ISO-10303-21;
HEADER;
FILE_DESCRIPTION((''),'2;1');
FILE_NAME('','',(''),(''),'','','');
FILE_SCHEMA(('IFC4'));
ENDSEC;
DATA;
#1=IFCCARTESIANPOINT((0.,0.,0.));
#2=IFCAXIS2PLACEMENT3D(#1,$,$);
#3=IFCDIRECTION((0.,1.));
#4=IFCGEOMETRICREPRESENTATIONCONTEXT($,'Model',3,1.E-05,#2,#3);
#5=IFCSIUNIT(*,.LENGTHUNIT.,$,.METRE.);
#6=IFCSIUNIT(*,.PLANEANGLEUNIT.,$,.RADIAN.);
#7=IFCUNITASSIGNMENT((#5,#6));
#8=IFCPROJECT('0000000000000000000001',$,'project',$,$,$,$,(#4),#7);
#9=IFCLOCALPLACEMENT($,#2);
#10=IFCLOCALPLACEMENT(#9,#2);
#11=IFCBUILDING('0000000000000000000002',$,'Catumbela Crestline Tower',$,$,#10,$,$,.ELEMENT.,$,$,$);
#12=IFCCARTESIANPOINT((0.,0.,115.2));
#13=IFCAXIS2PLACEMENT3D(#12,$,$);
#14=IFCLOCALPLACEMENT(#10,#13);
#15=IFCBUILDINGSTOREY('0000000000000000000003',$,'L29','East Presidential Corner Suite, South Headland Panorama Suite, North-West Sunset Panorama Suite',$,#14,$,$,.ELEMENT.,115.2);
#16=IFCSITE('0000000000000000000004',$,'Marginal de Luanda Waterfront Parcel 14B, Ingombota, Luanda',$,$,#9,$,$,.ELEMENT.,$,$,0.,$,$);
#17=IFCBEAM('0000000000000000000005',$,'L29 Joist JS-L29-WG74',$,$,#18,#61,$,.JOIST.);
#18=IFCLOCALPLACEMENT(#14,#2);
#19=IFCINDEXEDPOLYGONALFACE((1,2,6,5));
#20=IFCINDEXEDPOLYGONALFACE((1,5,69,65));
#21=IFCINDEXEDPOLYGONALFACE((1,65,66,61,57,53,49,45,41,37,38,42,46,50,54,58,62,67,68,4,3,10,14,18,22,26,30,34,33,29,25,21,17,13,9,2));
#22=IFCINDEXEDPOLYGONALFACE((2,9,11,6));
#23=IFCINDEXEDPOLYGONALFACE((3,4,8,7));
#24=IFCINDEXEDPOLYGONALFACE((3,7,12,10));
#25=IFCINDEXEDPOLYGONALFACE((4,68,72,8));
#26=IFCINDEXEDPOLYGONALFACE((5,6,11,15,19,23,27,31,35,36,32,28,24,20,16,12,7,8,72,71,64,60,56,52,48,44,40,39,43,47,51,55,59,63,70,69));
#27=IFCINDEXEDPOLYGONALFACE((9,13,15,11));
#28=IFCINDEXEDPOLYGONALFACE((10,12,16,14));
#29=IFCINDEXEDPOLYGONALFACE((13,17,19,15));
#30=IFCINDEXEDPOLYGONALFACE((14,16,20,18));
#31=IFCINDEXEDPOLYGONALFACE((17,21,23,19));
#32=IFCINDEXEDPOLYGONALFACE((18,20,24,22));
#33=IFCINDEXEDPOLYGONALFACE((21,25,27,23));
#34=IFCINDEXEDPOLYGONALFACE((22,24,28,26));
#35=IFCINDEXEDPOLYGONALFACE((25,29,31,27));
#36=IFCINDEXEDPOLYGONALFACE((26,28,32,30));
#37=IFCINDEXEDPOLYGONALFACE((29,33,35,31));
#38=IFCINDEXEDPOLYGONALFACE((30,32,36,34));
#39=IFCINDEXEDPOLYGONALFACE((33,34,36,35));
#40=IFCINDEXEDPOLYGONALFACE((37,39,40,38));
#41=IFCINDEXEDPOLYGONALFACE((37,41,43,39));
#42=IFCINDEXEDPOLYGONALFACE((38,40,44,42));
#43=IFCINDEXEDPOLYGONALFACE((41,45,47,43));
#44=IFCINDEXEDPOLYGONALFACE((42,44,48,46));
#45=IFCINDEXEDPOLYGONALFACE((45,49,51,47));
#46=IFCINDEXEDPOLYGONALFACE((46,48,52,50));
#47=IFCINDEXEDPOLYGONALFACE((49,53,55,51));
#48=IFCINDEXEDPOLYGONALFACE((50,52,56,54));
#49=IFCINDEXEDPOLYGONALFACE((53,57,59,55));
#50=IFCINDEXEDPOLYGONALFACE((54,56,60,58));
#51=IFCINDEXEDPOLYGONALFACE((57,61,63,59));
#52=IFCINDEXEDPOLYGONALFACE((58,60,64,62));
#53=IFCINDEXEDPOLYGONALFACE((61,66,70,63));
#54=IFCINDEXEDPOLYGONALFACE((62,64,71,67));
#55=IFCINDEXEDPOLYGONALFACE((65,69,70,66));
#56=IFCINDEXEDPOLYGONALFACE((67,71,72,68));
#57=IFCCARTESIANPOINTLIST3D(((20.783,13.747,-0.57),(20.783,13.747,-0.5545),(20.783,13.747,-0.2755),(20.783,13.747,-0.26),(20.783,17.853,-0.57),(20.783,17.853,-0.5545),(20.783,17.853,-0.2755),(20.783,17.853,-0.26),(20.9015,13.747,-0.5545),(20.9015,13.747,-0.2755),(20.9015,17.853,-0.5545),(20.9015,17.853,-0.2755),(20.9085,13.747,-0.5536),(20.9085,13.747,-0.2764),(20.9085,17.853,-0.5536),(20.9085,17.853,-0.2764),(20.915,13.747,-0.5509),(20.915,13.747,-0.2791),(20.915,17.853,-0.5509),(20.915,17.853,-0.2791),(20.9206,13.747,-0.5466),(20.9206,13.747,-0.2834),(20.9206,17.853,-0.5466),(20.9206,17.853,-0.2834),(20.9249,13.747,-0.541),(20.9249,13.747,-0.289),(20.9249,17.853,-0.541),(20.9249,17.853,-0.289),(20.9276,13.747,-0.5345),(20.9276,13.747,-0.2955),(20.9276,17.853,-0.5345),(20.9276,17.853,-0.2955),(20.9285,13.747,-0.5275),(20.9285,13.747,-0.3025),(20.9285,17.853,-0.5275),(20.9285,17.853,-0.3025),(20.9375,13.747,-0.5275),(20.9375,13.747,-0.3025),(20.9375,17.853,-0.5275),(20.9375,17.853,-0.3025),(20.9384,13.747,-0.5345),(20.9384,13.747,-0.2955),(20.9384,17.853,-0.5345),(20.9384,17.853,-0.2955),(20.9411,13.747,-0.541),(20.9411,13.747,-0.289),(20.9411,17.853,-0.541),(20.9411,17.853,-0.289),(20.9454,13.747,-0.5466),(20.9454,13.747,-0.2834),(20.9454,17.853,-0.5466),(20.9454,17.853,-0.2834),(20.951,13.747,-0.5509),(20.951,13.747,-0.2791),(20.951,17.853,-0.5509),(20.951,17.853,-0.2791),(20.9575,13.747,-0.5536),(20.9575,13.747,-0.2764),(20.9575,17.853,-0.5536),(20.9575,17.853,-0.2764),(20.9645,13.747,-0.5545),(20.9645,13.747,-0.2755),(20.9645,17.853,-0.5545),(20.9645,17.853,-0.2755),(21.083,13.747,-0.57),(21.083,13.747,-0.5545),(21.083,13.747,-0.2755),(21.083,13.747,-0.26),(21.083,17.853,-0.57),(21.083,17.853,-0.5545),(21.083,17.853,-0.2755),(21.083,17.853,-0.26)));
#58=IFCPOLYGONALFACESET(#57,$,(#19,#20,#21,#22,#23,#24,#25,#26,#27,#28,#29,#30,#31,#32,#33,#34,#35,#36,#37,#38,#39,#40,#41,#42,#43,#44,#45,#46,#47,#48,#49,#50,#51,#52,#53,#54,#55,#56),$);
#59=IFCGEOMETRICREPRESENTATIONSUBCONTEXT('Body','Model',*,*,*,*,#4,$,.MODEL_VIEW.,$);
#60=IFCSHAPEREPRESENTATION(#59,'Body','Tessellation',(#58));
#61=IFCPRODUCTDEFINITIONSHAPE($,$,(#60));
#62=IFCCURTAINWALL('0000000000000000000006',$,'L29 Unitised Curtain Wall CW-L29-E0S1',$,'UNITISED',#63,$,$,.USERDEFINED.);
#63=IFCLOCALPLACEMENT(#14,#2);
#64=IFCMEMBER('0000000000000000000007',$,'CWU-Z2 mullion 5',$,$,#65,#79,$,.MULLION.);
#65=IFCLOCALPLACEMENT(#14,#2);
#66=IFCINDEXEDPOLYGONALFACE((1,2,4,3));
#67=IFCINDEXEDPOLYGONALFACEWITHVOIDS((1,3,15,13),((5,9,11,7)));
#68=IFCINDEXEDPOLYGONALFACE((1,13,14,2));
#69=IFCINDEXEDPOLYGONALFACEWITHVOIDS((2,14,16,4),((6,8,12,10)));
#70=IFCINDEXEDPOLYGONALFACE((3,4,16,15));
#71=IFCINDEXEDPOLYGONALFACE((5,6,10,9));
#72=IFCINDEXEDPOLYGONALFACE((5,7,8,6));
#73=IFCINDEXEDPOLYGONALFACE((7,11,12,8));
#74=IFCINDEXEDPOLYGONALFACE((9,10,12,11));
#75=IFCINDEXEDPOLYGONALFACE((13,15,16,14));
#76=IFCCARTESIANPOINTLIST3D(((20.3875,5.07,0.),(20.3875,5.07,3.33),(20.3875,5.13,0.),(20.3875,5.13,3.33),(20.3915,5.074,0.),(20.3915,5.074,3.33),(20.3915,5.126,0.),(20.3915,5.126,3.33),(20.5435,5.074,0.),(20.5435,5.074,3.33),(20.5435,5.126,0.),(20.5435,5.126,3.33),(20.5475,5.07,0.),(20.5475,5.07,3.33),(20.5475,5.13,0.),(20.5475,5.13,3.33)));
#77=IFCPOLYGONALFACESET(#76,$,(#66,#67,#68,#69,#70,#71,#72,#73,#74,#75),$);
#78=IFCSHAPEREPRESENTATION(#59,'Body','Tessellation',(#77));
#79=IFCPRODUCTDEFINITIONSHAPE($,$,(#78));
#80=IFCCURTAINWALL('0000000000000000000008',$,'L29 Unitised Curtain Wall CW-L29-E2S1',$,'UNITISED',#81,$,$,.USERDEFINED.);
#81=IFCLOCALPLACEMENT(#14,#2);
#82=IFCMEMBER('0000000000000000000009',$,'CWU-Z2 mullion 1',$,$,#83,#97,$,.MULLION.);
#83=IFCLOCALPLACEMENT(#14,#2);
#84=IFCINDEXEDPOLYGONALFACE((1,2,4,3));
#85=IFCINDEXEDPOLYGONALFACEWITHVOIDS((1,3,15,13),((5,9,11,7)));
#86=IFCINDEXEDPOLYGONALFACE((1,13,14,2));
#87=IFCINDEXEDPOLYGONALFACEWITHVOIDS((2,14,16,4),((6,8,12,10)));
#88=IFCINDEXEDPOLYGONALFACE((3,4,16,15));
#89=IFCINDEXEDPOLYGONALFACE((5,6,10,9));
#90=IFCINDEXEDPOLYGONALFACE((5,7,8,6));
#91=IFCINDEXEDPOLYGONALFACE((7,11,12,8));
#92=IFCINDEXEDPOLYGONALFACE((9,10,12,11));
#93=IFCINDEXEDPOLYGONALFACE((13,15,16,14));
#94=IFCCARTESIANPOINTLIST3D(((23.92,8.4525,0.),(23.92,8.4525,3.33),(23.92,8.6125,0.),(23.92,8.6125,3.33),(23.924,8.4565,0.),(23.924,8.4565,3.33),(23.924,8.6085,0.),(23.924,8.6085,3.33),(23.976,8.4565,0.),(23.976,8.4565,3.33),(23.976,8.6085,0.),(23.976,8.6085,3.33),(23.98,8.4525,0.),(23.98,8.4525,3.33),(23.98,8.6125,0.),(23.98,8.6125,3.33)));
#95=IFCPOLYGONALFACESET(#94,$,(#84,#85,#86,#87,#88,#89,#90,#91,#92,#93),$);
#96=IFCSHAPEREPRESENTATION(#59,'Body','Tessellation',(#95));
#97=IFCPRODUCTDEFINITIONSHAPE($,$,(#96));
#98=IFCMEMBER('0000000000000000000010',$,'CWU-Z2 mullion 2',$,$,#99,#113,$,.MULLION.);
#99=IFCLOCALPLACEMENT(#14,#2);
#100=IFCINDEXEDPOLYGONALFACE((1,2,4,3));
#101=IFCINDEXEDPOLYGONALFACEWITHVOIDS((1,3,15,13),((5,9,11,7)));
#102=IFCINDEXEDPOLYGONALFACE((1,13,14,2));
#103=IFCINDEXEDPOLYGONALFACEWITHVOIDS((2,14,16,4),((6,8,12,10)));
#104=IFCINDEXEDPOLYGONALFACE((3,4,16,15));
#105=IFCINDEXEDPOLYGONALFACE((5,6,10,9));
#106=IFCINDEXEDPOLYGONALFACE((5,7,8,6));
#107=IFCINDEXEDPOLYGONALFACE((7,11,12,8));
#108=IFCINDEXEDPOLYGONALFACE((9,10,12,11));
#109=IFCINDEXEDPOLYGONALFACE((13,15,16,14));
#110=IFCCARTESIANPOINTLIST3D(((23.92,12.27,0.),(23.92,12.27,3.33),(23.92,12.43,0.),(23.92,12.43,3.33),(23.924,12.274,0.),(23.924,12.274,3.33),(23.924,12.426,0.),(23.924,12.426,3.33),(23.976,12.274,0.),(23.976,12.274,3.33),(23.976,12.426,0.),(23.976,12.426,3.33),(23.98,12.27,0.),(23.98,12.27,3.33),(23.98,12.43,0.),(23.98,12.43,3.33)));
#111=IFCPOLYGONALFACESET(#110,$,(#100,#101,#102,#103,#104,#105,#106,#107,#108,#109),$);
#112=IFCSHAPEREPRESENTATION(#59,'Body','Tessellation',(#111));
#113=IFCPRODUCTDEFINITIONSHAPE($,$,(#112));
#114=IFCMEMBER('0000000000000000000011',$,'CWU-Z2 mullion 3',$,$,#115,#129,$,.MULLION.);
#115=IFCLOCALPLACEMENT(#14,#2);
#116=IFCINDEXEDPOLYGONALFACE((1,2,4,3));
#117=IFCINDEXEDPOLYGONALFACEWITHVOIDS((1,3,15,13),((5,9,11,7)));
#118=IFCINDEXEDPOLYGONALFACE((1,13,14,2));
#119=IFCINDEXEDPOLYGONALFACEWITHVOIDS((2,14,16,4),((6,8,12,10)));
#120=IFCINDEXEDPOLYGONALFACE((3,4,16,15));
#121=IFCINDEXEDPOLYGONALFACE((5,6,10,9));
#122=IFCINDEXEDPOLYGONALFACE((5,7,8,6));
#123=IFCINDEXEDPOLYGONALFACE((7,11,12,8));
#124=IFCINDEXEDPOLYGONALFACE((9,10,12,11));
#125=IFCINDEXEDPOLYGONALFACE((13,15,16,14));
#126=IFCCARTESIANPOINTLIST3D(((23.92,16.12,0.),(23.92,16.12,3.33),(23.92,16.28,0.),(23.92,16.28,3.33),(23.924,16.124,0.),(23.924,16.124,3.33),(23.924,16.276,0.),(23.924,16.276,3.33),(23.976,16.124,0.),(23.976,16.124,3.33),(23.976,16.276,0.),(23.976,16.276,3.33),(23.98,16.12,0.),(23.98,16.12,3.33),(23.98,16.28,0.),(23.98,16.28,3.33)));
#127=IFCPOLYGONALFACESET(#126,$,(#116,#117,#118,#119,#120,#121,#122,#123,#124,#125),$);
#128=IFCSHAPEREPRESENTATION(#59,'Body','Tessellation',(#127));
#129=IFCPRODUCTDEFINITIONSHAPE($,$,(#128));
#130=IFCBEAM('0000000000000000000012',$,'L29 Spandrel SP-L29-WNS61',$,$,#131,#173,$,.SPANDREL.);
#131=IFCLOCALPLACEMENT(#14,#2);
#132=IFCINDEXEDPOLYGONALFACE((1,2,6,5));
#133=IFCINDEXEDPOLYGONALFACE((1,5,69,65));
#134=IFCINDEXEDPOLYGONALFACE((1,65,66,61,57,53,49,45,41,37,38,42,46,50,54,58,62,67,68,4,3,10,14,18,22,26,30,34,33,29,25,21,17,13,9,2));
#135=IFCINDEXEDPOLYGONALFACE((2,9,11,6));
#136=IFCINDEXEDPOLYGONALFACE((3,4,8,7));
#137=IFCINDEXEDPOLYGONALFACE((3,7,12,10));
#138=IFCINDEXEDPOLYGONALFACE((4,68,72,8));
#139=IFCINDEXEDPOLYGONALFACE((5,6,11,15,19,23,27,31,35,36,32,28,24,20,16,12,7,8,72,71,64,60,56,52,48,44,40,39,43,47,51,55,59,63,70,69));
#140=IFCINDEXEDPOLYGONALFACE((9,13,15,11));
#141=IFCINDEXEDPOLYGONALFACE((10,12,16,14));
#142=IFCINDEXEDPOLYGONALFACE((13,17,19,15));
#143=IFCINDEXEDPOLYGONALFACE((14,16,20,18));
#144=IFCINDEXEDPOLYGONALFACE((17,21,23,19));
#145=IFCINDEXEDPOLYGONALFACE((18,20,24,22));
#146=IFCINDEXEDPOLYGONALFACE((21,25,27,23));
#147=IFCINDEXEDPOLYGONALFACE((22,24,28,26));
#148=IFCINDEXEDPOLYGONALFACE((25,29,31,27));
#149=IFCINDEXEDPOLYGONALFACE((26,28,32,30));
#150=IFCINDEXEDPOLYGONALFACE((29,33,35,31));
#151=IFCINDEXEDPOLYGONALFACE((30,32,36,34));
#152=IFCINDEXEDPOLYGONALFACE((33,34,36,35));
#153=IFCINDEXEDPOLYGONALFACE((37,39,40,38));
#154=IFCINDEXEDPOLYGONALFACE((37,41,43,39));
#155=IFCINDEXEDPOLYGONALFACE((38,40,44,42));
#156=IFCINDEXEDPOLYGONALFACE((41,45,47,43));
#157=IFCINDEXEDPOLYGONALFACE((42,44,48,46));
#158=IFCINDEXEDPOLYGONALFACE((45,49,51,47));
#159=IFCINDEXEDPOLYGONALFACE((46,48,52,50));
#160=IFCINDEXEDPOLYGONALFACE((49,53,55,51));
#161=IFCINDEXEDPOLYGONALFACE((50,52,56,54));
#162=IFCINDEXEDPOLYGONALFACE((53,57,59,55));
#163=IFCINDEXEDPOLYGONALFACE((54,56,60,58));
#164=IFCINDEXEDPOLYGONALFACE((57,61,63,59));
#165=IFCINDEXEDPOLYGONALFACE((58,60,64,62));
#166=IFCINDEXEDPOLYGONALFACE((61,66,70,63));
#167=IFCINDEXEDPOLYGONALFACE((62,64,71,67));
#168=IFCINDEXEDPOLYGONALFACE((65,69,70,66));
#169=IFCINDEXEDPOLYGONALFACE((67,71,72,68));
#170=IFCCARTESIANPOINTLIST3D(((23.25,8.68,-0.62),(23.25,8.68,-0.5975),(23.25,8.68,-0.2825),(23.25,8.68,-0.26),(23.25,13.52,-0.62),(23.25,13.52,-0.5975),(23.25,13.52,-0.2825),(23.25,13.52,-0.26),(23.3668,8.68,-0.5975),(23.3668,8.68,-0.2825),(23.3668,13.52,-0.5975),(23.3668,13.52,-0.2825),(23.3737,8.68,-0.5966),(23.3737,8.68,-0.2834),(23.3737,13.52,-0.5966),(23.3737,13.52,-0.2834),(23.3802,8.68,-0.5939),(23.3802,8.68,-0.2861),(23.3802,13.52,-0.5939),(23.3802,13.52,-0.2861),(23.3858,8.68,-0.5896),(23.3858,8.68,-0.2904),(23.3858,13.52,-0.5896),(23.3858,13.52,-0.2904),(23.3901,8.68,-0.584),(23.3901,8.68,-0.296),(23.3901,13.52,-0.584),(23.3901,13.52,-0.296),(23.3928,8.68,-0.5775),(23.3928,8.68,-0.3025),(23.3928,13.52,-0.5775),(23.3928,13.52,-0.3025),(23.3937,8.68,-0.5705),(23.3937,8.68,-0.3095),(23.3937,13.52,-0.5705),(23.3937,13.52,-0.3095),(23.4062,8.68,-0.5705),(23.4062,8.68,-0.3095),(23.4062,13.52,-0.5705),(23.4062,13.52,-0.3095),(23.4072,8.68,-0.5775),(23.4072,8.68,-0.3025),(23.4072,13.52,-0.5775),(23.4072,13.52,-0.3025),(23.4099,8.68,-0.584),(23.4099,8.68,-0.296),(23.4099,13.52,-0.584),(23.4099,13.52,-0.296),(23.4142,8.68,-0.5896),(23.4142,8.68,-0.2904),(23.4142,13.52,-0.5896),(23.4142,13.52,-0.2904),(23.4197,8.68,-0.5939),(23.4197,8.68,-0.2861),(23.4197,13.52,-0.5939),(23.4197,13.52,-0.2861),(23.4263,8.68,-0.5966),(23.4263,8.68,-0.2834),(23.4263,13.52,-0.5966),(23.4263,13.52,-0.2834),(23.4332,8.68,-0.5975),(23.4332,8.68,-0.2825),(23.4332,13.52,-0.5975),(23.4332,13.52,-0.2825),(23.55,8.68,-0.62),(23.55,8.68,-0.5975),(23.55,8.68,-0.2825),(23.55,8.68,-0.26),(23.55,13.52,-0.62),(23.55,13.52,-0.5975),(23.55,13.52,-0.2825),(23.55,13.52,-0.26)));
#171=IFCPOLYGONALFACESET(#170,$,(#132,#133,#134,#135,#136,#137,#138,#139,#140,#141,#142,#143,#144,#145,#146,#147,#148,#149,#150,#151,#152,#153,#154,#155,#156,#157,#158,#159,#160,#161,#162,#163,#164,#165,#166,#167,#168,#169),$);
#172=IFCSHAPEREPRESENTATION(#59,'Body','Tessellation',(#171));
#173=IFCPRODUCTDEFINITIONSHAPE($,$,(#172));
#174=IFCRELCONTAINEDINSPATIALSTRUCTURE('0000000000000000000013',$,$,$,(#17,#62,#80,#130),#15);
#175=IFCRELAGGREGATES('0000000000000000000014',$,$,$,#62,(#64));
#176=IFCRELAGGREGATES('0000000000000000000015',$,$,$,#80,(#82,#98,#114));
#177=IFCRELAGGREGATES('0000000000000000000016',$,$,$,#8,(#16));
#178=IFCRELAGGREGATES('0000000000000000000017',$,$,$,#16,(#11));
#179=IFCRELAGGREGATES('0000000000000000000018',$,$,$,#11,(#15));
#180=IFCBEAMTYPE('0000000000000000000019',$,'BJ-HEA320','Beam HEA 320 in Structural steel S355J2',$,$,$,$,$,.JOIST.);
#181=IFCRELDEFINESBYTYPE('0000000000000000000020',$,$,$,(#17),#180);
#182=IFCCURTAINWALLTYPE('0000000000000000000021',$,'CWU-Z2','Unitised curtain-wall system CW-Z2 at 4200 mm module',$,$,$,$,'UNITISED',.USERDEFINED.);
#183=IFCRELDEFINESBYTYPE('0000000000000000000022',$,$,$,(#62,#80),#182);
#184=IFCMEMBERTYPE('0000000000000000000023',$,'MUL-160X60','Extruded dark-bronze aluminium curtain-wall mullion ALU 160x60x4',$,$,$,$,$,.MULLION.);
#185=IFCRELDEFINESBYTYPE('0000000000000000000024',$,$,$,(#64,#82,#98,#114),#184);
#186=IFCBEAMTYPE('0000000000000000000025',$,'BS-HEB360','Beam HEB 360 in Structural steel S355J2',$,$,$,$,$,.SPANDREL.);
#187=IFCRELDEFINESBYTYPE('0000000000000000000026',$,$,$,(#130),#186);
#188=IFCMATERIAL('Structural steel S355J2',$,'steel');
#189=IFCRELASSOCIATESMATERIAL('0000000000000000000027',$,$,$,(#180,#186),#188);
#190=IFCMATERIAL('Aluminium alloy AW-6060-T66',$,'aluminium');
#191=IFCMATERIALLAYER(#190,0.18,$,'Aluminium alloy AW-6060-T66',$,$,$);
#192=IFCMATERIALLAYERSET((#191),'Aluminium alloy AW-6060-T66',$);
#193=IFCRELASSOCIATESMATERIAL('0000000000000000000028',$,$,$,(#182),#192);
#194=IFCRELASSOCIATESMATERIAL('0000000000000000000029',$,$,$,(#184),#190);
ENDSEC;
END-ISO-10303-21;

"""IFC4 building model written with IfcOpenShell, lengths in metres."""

from ifc_helpers import new_model, si_unit, direction, frame, origin, origin_2d, place, context, subcontext, project, spatial, hollow_rectangle, i_section, extrude, material, layer, layer_set, material_profile, profile_set, type_object, element, aggregate, save


model = new_model("IFC4")

# Units and contexts
model_context = context("Model", 3, precision=1e-05, world=origin(), true_north=direction((0.0, 1.0)))
body_context = subcontext(model_context, "Body", "Model", "MODEL_VIEW")
ifc_project = project(units=[si_unit("LENGTHUNIT", "METRE"), si_unit("PLANEANGLEUNIT", "RADIAN")], contexts=[model_context])

# Site, building, storey
site_placement = place(None, origin())
site = spatial("IfcSite", under=ifc_project, at=site_placement, Name="Marginal de Luanda Waterfront Parcel 14B, Ingombota, Luanda", CompositionType="ELEMENT", RefElevation=0.0)
building_placement = place(site_placement, origin())
building = spatial("IfcBuilding", under=site, at=building_placement, Name="Catumbela Crestline Tower", CompositionType="ELEMENT")
storey_placement = place(building_placement, frame((0.0, 0.0, 115.2)))
storey = spatial("IfcBuildingStorey", under=building, at=storey_placement, Name="L29", Description="East Presidential Corner Suite, South Headland Panorama Suite, North-West Sunset Panorama Suite", CompositionType="ELEMENT", Elevation=115.2)

# Beam
ifc_material_1 = material(Name="Structural steel S355J2", Category="steel")
ifc_material_profile_1 = material_profile(ifc_material_1, i_section(OverallWidth=0.3, OverallDepth=0.31, WebThickness=0.009, FlangeThickness=0.0155, FilletRadius=0.027, at=origin_2d()), Name="HEA 320")
ifc_profile_set_1 = profile_set([ifc_material_profile_1], Name="Structural steel S355J2")
beam_type_1 = type_object("IfcBeamType", Name="BJ-HEA320", Description="Beam HEA 320 in Structural steel S355J2", PredefinedType="JOIST", material=ifc_profile_set_1)
for number, where, z_axis, x_axis, name in (
    (1, (20.933, 13.747, -0.415), (0.0, 1.0, 0.0), (-1.0, 0.0, 0.0), "L29 Joist JS-L29-WG74"),
):
    element("IfcBeam", number, at=place(storey_placement, frame(where, z_axis=z_axis, x_axis=x_axis)), inside=storey, type_object=beam_type_1, Name=name, PredefinedType="JOIST", context=body_context, shape_type="SweptSolid", body=[
        extrude(i_section(OverallWidth=0.3, OverallDepth=0.31, WebThickness=0.009, FlangeThickness=0.0155, FilletRadius=0.027, at=origin_2d()), origin(), (0.0, 0.0, 1.0), 4.106),
    ])

# Curtain wall, member
ifc_material_2 = material(Name="Aluminium alloy AW-6060-T66", Category="aluminium")
ifc_layer_1 = layer(ifc_material_2, 0.18, Name="Aluminium alloy AW-6060-T66")
ifc_layer_set_1 = layer_set([ifc_layer_1], Name="Aluminium alloy AW-6060-T66")
curtain_wall_type = type_object("IfcCurtainWallType", Name="CWU-Z2", Description="Unitised curtain-wall system CW-Z2 at 4200 mm module", ElementType="UNITISED", PredefinedType="USERDEFINED", material=ifc_layer_set_1)
curtain_wall_1_placement = place(storey_placement, origin())
curtain_wall_1 = element("IfcCurtainWall", 2, at=curtain_wall_1_placement, inside=storey, type_object=curtain_wall_type, Name="L29 Unitised Curtain Wall CW-L29-E0S1", ObjectType="UNITISED", PredefinedType="USERDEFINED")
ifc_material_profile_2 = material_profile(ifc_material_2, hollow_rectangle(XDim=0.06, YDim=0.16, WallThickness=0.004, at=origin_2d()), Name="ALU 160x60x4")
ifc_profile_set_2 = profile_set([ifc_material_profile_2], Name="Aluminium alloy AW-6060-T66")
member_type_1 = type_object("IfcMemberType", Name="MUL-160X60", Description="Extruded dark-bronze aluminium curtain-wall mullion ALU 160x60x4", PredefinedType="MULLION", material=ifc_profile_set_2)
member_1_placement = place(storey_placement, frame((20.4675, 5.1, 0.0), z_axis=(0.0, 0.0, 1.0), x_axis=(0.0, 1.0, 0.0)))
member_1 = element("IfcMember", 3, at=member_1_placement, type_object=member_type_1, Name="CWU-Z2 mullion 5", PredefinedType="MULLION", context=body_context, shape_type="SweptSolid", body=[
    extrude(hollow_rectangle(XDim=0.06, YDim=0.16, WallThickness=0.004, at=origin_2d()), origin(), (0.0, 0.0, 1.0), 3.33),
])

# Curtain wall, members
curtain_wall_2_placement = place(storey_placement, origin())
curtain_wall_2 = element("IfcCurtainWall", 4, at=curtain_wall_2_placement, inside=storey, type_object=curtain_wall_type, Name="L29 Unitised Curtain Wall CW-L29-E2S1", ObjectType="UNITISED", PredefinedType="USERDEFINED")
member_2_placement = place(storey_placement, frame((23.95, 8.5325, 0.0), z_axis=(0.0, 0.0, 1.0), x_axis=(-1.0, 0.0, 0.0)))
member_2 = element("IfcMember", 5, at=member_2_placement, type_object=member_type_1, Name="CWU-Z2 mullion 1", PredefinedType="MULLION", context=body_context, shape_type="SweptSolid", body=[
    extrude(hollow_rectangle(XDim=0.06, YDim=0.16, WallThickness=0.004, at=origin_2d()), origin(), (0.0, 0.0, 1.0), 3.33),
])
member_3_placement = place(storey_placement, frame((23.95, 12.35, 0.0), z_axis=(0.0, 0.0, 1.0), x_axis=(-1.0, 0.0, 0.0)))
member_3 = element("IfcMember", 6, at=member_3_placement, type_object=member_type_1, Name="CWU-Z2 mullion 2", PredefinedType="MULLION", context=body_context, shape_type="SweptSolid", body=[
    extrude(hollow_rectangle(XDim=0.06, YDim=0.16, WallThickness=0.004, at=origin_2d()), origin(), (0.0, 0.0, 1.0), 3.33),
])
member_4_placement = place(storey_placement, frame((23.95, 16.2, 0.0), z_axis=(0.0, 0.0, 1.0), x_axis=(-1.0, 0.0, 0.0)))
member_4 = element("IfcMember", 7, at=member_4_placement, type_object=member_type_1, Name="CWU-Z2 mullion 3", PredefinedType="MULLION", context=body_context, shape_type="SweptSolid", body=[
    extrude(hollow_rectangle(XDim=0.06, YDim=0.16, WallThickness=0.004, at=origin_2d()), origin(), (0.0, 0.0, 1.0), 3.33),
])

# Beam
ifc_material_profile_3 = material_profile(ifc_material_1, i_section(OverallWidth=0.3, OverallDepth=0.36, WebThickness=0.0125, FlangeThickness=0.0225, FilletRadius=0.027, at=origin_2d()), Name="HEB 360")
ifc_profile_set_3 = profile_set([ifc_material_profile_3], Name="Structural steel S355J2")
beam_type_2 = type_object("IfcBeamType", Name="BS-HEB360", Description="Beam HEB 360 in Structural steel S355J2", PredefinedType="SPANDREL", material=ifc_profile_set_3)
beam_1_placement = place(storey_placement, frame((23.4, 8.68, -0.44), z_axis=(0.0, 1.0, 0.0), x_axis=(-1.0, 0.0, 0.0)))
element("IfcBeam", 8, at=beam_1_placement, inside=storey, type_object=beam_type_2, Name="L29 Spandrel SP-L29-WNS61", PredefinedType="SPANDREL", context=body_context, shape_type="SweptSolid", body=[
    extrude(i_section(OverallWidth=0.3, OverallDepth=0.36, WebThickness=0.0125, FlangeThickness=0.0225, FilletRadius=0.027, at=origin_2d()), origin(), (0.0, 0.0, 1.0), 4.84),
])

aggregate(curtain_wall_1, [member_1])
aggregate(curtain_wall_2, [member_2, member_3, member_4])

save(model, "model.ifc")
